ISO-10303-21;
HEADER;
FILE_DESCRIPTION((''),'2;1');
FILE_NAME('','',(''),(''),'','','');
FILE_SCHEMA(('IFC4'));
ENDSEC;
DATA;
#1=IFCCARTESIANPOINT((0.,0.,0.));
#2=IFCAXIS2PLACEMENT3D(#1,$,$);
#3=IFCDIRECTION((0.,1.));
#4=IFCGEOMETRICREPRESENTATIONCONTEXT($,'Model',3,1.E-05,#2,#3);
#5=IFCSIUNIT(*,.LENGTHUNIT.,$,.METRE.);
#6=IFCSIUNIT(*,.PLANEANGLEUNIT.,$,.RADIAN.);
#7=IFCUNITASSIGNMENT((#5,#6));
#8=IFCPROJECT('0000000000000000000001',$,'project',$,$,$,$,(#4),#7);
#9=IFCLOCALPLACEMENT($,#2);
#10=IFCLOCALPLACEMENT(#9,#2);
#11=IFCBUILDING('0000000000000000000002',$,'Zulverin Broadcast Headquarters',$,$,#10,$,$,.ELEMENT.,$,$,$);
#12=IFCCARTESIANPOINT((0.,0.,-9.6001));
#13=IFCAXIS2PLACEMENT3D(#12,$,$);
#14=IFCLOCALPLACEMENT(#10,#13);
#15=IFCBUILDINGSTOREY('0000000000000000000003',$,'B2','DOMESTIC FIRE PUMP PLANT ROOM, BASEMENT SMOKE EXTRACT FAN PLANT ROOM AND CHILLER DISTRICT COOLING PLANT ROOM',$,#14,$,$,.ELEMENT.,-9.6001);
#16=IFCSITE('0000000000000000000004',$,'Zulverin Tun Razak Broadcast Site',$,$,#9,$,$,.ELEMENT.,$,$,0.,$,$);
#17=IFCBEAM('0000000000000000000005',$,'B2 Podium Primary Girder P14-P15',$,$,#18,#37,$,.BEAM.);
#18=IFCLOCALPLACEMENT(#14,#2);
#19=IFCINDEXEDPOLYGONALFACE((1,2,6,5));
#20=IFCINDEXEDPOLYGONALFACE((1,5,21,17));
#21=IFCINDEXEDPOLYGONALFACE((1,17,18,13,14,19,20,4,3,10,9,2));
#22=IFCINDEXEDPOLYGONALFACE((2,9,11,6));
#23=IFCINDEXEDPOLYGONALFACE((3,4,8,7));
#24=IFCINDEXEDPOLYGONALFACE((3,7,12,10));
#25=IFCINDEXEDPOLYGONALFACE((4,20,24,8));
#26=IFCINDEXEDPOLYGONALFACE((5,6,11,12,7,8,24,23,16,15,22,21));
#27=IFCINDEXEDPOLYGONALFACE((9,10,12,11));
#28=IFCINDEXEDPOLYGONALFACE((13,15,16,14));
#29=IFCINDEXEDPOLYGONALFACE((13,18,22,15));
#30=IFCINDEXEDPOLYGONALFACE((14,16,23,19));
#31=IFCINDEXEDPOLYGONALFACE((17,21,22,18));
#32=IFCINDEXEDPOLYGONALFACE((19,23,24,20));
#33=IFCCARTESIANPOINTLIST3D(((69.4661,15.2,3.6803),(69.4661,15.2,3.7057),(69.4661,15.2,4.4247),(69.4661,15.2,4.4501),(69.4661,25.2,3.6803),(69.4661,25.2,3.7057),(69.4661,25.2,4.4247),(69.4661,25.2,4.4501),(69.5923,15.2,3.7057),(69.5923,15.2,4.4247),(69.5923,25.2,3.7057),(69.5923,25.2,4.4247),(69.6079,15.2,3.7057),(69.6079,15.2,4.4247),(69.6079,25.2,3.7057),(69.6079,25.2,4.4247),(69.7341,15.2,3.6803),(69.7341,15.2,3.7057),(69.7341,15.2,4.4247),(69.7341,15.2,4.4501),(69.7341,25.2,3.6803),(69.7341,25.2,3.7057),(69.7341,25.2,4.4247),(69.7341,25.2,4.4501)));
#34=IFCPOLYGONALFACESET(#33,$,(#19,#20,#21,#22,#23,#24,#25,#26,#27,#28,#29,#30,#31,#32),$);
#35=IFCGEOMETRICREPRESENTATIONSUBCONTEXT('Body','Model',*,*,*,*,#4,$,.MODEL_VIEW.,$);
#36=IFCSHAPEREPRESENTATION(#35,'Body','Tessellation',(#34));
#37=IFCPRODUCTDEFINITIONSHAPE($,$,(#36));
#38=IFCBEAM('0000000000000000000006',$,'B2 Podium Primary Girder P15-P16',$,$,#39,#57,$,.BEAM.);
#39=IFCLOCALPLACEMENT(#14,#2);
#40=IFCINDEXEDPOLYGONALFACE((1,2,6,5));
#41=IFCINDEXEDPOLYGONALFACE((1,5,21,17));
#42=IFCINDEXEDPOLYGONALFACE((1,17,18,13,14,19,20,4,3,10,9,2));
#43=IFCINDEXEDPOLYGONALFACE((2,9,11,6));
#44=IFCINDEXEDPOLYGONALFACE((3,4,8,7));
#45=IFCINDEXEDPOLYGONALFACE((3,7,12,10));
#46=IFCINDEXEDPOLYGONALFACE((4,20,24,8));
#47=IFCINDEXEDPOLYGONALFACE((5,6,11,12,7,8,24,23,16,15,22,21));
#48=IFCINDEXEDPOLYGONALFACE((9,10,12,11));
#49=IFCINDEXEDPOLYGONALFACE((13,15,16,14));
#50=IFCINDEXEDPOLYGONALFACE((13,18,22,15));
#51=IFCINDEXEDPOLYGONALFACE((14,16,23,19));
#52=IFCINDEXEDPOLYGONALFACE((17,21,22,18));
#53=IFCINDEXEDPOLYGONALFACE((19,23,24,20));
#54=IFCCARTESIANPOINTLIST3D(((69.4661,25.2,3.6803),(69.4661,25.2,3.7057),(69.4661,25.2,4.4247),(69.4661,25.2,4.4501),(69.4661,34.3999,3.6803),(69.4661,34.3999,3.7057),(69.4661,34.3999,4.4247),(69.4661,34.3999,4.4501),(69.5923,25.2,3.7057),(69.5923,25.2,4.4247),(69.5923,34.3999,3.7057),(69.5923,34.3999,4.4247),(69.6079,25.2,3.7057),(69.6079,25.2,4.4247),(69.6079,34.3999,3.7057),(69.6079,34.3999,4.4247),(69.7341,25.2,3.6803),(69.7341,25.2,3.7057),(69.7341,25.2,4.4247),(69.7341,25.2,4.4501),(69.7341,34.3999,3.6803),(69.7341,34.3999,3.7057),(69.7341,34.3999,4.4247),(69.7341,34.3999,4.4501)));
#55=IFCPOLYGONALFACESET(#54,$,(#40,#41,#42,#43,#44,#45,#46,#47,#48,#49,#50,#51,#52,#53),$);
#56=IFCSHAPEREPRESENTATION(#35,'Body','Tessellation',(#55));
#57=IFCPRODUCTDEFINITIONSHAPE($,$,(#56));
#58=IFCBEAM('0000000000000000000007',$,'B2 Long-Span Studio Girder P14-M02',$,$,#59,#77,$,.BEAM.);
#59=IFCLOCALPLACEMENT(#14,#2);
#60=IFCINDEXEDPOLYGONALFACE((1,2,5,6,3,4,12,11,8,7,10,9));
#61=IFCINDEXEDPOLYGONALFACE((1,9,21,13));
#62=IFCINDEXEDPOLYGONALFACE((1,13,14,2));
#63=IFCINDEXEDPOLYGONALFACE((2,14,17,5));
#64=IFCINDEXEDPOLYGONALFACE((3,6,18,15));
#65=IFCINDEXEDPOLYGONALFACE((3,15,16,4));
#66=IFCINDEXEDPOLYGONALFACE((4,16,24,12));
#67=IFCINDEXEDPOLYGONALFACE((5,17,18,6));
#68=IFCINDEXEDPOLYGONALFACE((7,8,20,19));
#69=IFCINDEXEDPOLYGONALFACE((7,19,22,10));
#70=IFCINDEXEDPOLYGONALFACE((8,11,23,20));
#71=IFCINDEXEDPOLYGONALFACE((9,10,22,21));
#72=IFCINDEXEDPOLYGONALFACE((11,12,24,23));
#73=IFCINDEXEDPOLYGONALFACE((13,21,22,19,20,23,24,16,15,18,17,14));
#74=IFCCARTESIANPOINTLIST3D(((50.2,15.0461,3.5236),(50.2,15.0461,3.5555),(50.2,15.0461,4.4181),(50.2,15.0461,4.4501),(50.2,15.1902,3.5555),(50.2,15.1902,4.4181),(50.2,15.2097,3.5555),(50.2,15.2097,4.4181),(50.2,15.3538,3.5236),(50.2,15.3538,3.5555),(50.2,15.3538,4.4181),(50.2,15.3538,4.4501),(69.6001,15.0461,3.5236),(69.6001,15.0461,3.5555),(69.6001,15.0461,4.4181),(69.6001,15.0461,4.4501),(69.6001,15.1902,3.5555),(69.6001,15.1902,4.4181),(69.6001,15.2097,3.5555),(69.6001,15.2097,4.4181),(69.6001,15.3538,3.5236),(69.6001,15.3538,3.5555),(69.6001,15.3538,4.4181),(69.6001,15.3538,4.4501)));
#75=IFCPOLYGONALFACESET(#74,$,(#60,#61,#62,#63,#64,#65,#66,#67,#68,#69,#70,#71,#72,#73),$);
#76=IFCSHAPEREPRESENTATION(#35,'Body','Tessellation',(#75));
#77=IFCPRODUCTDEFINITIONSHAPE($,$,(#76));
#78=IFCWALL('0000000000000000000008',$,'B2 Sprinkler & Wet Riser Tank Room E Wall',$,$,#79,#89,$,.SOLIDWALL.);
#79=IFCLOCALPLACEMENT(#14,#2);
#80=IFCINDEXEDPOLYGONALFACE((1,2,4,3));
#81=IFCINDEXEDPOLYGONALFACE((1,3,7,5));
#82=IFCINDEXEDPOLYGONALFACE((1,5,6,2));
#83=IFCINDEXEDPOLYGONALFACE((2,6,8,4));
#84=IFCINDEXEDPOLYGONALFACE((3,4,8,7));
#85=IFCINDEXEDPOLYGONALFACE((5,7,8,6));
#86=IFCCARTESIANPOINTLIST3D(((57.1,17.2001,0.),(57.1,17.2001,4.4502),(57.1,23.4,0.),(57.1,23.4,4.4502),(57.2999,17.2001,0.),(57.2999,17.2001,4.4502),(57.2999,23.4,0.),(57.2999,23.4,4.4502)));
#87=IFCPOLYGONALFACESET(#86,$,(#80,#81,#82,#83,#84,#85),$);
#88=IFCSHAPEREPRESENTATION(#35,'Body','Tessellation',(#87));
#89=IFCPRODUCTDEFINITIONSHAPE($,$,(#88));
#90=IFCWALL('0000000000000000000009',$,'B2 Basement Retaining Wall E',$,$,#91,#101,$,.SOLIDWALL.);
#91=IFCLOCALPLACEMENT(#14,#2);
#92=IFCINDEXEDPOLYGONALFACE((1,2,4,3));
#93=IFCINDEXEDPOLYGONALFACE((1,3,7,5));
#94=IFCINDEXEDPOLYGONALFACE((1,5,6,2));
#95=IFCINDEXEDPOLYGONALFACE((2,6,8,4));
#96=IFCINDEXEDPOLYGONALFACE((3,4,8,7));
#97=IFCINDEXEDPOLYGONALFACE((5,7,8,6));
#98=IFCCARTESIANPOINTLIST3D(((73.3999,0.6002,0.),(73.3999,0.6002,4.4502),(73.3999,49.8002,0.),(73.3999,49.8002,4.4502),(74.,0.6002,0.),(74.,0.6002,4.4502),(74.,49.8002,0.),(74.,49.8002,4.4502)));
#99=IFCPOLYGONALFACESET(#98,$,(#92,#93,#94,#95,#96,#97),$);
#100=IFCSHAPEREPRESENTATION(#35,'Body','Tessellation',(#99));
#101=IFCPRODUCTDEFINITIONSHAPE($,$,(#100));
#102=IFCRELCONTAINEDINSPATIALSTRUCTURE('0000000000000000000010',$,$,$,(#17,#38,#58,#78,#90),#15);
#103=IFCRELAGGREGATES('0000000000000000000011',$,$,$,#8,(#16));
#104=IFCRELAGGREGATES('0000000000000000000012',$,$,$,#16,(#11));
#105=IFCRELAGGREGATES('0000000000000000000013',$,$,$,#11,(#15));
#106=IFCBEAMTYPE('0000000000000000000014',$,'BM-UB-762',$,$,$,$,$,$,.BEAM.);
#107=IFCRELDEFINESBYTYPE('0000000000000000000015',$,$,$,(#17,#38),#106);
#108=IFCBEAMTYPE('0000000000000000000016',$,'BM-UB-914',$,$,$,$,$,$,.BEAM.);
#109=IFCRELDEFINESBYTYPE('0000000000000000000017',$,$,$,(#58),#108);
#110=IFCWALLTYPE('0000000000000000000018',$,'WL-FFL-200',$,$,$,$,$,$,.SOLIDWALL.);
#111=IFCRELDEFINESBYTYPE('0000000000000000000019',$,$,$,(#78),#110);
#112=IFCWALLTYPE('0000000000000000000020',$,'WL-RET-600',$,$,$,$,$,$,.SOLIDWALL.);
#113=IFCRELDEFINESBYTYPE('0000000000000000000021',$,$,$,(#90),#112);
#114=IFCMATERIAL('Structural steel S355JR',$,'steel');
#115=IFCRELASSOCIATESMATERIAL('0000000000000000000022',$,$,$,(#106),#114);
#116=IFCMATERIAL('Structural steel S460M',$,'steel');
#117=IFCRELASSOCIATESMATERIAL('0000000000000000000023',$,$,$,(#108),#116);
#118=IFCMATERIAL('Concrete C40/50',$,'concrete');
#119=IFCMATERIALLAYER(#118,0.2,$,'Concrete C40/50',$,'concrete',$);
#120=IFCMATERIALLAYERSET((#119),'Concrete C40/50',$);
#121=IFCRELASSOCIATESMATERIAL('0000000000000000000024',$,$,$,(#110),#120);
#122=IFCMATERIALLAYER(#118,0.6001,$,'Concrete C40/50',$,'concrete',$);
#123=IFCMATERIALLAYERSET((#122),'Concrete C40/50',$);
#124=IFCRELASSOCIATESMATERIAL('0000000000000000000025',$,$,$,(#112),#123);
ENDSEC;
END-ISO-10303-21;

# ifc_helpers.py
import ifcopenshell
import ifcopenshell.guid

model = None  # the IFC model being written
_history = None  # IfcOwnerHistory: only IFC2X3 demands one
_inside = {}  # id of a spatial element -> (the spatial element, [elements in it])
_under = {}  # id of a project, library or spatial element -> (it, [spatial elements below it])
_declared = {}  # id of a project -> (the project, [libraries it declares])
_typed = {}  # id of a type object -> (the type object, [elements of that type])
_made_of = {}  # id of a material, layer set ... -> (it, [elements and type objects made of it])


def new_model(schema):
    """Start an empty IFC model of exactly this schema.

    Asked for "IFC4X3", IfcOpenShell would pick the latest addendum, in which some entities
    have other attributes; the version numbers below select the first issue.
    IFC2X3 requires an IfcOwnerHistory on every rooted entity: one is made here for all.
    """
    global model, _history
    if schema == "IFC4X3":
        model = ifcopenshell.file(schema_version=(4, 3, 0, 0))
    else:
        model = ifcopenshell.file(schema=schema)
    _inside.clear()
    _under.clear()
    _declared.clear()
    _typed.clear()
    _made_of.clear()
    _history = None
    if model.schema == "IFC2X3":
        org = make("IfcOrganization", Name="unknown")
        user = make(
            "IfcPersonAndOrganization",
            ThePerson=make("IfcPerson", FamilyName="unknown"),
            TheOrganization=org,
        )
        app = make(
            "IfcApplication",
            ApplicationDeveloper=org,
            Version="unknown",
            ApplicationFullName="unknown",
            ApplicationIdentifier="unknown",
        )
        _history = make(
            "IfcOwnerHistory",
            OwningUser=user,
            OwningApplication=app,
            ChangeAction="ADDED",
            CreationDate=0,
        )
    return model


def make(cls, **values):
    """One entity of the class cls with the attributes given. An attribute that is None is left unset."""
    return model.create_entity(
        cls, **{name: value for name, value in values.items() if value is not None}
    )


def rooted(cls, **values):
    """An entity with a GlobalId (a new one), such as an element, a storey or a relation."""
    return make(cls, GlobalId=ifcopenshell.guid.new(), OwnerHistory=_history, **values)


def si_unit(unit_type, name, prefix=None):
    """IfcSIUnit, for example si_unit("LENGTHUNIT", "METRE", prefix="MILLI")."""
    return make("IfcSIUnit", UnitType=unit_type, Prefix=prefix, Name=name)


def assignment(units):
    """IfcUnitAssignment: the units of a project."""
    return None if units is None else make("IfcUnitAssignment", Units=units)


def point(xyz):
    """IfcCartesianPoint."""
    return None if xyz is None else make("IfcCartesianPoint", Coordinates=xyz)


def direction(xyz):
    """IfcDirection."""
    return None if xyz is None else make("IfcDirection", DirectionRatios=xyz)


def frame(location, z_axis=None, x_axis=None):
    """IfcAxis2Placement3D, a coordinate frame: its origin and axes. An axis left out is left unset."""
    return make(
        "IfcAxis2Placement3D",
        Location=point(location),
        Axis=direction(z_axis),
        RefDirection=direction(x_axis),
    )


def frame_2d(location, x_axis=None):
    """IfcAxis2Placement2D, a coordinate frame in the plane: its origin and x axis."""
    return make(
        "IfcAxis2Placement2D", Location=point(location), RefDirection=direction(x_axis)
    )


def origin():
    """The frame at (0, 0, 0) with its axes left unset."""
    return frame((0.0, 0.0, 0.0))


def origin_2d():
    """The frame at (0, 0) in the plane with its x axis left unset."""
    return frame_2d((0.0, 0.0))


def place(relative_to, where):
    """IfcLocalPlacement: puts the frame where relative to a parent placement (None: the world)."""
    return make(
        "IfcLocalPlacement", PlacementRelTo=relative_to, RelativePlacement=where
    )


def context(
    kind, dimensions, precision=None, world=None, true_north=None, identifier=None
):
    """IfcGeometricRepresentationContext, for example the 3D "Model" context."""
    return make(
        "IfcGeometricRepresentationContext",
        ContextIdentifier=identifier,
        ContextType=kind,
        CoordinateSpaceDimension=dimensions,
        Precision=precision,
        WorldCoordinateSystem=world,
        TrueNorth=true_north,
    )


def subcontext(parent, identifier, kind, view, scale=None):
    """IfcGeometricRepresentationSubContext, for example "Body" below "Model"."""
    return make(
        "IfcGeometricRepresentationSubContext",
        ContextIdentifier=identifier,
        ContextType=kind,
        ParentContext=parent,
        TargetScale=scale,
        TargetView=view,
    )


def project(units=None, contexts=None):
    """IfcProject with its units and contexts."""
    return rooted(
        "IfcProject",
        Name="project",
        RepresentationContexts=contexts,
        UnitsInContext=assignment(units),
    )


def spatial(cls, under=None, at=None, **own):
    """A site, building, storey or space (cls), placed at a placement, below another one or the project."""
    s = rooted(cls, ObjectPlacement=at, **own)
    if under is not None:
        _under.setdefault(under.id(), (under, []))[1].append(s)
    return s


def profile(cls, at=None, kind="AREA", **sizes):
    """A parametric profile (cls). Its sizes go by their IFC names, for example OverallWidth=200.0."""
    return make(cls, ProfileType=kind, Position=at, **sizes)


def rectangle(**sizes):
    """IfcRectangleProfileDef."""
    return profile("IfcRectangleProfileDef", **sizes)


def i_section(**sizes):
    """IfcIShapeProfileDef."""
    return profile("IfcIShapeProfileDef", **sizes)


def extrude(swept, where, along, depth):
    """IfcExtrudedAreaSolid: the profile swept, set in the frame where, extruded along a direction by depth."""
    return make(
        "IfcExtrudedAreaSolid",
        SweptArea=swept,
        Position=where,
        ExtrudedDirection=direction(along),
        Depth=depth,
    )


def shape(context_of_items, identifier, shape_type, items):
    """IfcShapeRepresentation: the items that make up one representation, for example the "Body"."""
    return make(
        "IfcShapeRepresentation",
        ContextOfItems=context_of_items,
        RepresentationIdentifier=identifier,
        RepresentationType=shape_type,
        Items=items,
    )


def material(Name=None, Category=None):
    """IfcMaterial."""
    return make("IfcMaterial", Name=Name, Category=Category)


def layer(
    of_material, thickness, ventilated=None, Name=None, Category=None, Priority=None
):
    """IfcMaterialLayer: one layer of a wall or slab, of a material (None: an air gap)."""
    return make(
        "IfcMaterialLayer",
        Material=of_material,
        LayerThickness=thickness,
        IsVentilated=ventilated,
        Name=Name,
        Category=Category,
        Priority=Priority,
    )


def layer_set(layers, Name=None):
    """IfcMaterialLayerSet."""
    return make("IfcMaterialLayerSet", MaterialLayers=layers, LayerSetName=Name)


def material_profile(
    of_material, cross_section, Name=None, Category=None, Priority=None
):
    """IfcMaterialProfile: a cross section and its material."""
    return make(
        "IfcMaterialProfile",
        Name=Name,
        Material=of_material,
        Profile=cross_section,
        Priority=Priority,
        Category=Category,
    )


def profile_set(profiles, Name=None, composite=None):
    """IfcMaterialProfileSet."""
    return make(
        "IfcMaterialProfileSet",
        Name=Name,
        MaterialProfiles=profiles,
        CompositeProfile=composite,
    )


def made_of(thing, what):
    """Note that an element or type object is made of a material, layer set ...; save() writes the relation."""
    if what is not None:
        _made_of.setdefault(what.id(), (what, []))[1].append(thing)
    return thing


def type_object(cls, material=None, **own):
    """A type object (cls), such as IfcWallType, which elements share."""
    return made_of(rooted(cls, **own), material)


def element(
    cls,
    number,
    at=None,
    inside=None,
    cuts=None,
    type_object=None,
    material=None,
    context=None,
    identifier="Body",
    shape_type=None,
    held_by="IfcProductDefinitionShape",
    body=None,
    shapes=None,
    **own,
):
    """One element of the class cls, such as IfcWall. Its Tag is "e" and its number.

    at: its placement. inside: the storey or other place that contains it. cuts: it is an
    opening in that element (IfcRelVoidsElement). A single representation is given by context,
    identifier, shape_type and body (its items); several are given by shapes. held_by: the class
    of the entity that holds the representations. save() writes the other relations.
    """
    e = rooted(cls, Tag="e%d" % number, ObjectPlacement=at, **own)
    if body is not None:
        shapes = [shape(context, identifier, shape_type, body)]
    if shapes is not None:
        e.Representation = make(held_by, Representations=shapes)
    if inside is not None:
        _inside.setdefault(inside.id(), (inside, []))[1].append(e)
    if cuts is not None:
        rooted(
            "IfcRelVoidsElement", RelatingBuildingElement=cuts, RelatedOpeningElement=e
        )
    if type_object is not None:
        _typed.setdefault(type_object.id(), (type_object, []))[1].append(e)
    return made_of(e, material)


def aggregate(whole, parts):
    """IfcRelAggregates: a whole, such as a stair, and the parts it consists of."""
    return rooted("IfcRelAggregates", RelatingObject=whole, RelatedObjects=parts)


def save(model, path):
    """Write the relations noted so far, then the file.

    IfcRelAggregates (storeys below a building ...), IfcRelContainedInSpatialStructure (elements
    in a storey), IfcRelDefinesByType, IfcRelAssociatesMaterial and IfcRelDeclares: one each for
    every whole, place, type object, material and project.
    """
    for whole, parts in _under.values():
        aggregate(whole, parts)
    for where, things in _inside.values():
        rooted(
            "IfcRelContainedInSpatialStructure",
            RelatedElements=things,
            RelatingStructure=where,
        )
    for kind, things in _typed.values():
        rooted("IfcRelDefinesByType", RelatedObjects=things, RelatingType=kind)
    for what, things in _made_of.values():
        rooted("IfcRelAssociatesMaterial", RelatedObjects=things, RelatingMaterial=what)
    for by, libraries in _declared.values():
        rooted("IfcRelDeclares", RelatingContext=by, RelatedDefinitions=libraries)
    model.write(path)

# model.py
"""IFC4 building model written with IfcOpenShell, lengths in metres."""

from ifc_helpers import new_model, si_unit, direction, frame, frame_2d, origin, origin_2d, place, context, subcontext, project, spatial, rectangle, i_section, extrude, material, layer, layer_set, material_profile, profile_set, type_object, element, save


model = new_model("IFC4")

# Units and contexts
model_context = context("Model", 3, precision=1e-05, world=origin(), true_north=direction((0.0, 1.0)))
body_context = subcontext(model_context, "Body", "Model", "MODEL_VIEW")
ifc_project = project(units=[si_unit("LENGTHUNIT", "METRE"), si_unit("PLANEANGLEUNIT", "RADIAN")], contexts=[model_context])

# Site, building, storey
site_placement = place(None, origin())
site = spatial("IfcSite", under=ifc_project, at=site_placement, Name="Zulverin Tun Razak Broadcast Site", CompositionType="ELEMENT", RefElevation=0.0)
building_placement = place(site_placement, origin())
building = spatial("IfcBuilding", under=site, at=building_placement, Name="Zulverin Broadcast Headquarters", CompositionType="ELEMENT")
storey_placement = place(building_placement, frame((0.0, 0.0, -9.6001)))
storey = spatial("IfcBuildingStorey", under=building, at=storey_placement, Name="B2", Description="DOMESTIC FIRE PUMP PLANT ROOM, BASEMENT SMOKE EXTRACT FAN PLANT ROOM AND CHILLER DISTRICT COOLING PLANT ROOM", CompositionType="ELEMENT", Elevation=-9.6001)

# Beams
ifc_material_1 = material(Name="Structural steel S460M", Category="steel")
ifc_material_2 = material(Name="Structural steel S355JR", Category="steel")
ifc_material_profile_1 = material_profile(ifc_material_2, i_section(OverallWidth=0.2681, OverallDepth=0.7698, WebThickness=0.0156, FlangeThickness=0.0254, at=origin_2d()), Name="Structural steel S355JR", Category="steel")
ifc_profile_set_1 = profile_set([ifc_material_profile_1], Name="Structural steel S355JR")
beam_type_1 = type_object("IfcBeamType", Name="BM-UB-762", PredefinedType="BEAM", material=ifc_profile_set_1)
beam_1_placement = place(storey_placement, frame((69.6001, 15.2, 4.0652), z_axis=(0.0, 1.0, 0.0), x_axis=(-1.0, 0.0, 0.0)))
element("IfcBeam", 1, at=beam_1_placement, inside=storey, type_object=beam_type_1, Name="B2 Podium Primary Girder P14-P15", PredefinedType="BEAM", context=body_context, shape_type="SweptSolid", body=[
    extrude(i_section(OverallWidth=0.2681, OverallDepth=0.7698, WebThickness=0.0156, FlangeThickness=0.0254, at=origin_2d()), origin(), (0.0, 0.0, 1.0), 10.0),
])
beam_2_placement = place(storey_placement, frame((69.6001, 25.2, 4.0652), z_axis=(0.0, 1.0, 0.0), x_axis=(-1.0, 0.0, 0.0)))
element("IfcBeam", 2, at=beam_2_placement, inside=storey, type_object=beam_type_1, Name="B2 Podium Primary Girder P15-P16", PredefinedType="BEAM", context=body_context, shape_type="SweptSolid", body=[
    extrude(i_section(OverallWidth=0.2681, OverallDepth=0.7698, WebThickness=0.0156, FlangeThickness=0.0254, at=origin_2d()), origin(), (0.0, 0.0, 1.0), 9.2),
])
ifc_material_profile_2 = material_profile(ifc_material_1, i_section(OverallWidth=0.3076, OverallDepth=0.9265, WebThickness=0.0195, FlangeThickness=0.032, at=origin_2d()), Name="Structural steel S460M", Category="steel")
ifc_profile_set_2 = profile_set([ifc_material_profile_2], Name="Structural steel S460M")
beam_type_2 = type_object("IfcBeamType", Name="BM-UB-914", PredefinedType="BEAM", material=ifc_profile_set_2)
beam_3_placement = place(storey_placement, frame((69.6001, 15.2, 3.9868), z_axis=(-1.0, 0.0, 0.0), x_axis=(0.0, -1.0, 0.0)))
element("IfcBeam", 3, at=beam_3_placement, inside=storey, type_object=beam_type_2, Name="B2 Long-Span Studio Girder P14-M02", PredefinedType="BEAM", context=body_context, shape_type="SweptSolid", body=[
    extrude(i_section(OverallWidth=0.3076, OverallDepth=0.9265, WebThickness=0.0195, FlangeThickness=0.032, at=origin_2d()), origin(), (0.0, 0.0, 1.0), 19.4001),
])

# Walls
ifc_material_3 = material(Name="Concrete C40/50", Category="concrete")
ifc_layer_1 = layer(ifc_material_3, 0.2, Name="Concrete C40/50", Category="concrete")
ifc_layer_set_1 = layer_set([ifc_layer_1], Name="Concrete C40/50")
wall_type_1 = type_object("IfcWallType", Name="WL-FFL-200", PredefinedType="SOLIDWALL", material=ifc_layer_set_1)
wall_1_placement = place(storey_placement, frame((57.2, 17.2, 0.0), z_axis=(0.0, 0.0, 1.0), x_axis=(0.0, 1.0, 0.0)))
element("IfcWall", 4, at=wall_1_placement, inside=storey, type_object=wall_type_1, Name="B2 Sprinkler & Wet Riser Tank Room E Wall", PredefinedType="SOLIDWALL", context=body_context, shape_type="SweptSolid", body=[
    extrude(rectangle(XDim=6.2, YDim=0.2, at=frame_2d((3.1001, 0.0))), origin(), (0.0, 0.0, 1.0), 4.4502),
])
ifc_layer_2 = layer(ifc_material_3, 0.6001, Name="Concrete C40/50", Category="concrete")
ifc_layer_set_2 = layer_set([ifc_layer_2], Name="Concrete C40/50")
wall_type_2 = type_object("IfcWallType", Name="WL-RET-600", PredefinedType="SOLIDWALL", material=ifc_layer_set_2)
wall_2_placement = place(storey_placement, frame((73.7, 0.6001, 0.0), z_axis=(0.0, 0.0, 1.0), x_axis=(0.0, 1.0, 0.0)))
element("IfcWall", 5, at=wall_2_placement, inside=storey, type_object=wall_type_2, Name="B2 Basement Retaining Wall E", PredefinedType="SOLIDWALL", context=body_context, shape_type="SweptSolid", body=[
    extrude(rectangle(XDim=49.2, YDim=0.6001, at=frame_2d((24.6001, 0.0))), origin(), (0.0, 0.0, 1.0), 4.4502),
])

save(model, "model.ifc")
